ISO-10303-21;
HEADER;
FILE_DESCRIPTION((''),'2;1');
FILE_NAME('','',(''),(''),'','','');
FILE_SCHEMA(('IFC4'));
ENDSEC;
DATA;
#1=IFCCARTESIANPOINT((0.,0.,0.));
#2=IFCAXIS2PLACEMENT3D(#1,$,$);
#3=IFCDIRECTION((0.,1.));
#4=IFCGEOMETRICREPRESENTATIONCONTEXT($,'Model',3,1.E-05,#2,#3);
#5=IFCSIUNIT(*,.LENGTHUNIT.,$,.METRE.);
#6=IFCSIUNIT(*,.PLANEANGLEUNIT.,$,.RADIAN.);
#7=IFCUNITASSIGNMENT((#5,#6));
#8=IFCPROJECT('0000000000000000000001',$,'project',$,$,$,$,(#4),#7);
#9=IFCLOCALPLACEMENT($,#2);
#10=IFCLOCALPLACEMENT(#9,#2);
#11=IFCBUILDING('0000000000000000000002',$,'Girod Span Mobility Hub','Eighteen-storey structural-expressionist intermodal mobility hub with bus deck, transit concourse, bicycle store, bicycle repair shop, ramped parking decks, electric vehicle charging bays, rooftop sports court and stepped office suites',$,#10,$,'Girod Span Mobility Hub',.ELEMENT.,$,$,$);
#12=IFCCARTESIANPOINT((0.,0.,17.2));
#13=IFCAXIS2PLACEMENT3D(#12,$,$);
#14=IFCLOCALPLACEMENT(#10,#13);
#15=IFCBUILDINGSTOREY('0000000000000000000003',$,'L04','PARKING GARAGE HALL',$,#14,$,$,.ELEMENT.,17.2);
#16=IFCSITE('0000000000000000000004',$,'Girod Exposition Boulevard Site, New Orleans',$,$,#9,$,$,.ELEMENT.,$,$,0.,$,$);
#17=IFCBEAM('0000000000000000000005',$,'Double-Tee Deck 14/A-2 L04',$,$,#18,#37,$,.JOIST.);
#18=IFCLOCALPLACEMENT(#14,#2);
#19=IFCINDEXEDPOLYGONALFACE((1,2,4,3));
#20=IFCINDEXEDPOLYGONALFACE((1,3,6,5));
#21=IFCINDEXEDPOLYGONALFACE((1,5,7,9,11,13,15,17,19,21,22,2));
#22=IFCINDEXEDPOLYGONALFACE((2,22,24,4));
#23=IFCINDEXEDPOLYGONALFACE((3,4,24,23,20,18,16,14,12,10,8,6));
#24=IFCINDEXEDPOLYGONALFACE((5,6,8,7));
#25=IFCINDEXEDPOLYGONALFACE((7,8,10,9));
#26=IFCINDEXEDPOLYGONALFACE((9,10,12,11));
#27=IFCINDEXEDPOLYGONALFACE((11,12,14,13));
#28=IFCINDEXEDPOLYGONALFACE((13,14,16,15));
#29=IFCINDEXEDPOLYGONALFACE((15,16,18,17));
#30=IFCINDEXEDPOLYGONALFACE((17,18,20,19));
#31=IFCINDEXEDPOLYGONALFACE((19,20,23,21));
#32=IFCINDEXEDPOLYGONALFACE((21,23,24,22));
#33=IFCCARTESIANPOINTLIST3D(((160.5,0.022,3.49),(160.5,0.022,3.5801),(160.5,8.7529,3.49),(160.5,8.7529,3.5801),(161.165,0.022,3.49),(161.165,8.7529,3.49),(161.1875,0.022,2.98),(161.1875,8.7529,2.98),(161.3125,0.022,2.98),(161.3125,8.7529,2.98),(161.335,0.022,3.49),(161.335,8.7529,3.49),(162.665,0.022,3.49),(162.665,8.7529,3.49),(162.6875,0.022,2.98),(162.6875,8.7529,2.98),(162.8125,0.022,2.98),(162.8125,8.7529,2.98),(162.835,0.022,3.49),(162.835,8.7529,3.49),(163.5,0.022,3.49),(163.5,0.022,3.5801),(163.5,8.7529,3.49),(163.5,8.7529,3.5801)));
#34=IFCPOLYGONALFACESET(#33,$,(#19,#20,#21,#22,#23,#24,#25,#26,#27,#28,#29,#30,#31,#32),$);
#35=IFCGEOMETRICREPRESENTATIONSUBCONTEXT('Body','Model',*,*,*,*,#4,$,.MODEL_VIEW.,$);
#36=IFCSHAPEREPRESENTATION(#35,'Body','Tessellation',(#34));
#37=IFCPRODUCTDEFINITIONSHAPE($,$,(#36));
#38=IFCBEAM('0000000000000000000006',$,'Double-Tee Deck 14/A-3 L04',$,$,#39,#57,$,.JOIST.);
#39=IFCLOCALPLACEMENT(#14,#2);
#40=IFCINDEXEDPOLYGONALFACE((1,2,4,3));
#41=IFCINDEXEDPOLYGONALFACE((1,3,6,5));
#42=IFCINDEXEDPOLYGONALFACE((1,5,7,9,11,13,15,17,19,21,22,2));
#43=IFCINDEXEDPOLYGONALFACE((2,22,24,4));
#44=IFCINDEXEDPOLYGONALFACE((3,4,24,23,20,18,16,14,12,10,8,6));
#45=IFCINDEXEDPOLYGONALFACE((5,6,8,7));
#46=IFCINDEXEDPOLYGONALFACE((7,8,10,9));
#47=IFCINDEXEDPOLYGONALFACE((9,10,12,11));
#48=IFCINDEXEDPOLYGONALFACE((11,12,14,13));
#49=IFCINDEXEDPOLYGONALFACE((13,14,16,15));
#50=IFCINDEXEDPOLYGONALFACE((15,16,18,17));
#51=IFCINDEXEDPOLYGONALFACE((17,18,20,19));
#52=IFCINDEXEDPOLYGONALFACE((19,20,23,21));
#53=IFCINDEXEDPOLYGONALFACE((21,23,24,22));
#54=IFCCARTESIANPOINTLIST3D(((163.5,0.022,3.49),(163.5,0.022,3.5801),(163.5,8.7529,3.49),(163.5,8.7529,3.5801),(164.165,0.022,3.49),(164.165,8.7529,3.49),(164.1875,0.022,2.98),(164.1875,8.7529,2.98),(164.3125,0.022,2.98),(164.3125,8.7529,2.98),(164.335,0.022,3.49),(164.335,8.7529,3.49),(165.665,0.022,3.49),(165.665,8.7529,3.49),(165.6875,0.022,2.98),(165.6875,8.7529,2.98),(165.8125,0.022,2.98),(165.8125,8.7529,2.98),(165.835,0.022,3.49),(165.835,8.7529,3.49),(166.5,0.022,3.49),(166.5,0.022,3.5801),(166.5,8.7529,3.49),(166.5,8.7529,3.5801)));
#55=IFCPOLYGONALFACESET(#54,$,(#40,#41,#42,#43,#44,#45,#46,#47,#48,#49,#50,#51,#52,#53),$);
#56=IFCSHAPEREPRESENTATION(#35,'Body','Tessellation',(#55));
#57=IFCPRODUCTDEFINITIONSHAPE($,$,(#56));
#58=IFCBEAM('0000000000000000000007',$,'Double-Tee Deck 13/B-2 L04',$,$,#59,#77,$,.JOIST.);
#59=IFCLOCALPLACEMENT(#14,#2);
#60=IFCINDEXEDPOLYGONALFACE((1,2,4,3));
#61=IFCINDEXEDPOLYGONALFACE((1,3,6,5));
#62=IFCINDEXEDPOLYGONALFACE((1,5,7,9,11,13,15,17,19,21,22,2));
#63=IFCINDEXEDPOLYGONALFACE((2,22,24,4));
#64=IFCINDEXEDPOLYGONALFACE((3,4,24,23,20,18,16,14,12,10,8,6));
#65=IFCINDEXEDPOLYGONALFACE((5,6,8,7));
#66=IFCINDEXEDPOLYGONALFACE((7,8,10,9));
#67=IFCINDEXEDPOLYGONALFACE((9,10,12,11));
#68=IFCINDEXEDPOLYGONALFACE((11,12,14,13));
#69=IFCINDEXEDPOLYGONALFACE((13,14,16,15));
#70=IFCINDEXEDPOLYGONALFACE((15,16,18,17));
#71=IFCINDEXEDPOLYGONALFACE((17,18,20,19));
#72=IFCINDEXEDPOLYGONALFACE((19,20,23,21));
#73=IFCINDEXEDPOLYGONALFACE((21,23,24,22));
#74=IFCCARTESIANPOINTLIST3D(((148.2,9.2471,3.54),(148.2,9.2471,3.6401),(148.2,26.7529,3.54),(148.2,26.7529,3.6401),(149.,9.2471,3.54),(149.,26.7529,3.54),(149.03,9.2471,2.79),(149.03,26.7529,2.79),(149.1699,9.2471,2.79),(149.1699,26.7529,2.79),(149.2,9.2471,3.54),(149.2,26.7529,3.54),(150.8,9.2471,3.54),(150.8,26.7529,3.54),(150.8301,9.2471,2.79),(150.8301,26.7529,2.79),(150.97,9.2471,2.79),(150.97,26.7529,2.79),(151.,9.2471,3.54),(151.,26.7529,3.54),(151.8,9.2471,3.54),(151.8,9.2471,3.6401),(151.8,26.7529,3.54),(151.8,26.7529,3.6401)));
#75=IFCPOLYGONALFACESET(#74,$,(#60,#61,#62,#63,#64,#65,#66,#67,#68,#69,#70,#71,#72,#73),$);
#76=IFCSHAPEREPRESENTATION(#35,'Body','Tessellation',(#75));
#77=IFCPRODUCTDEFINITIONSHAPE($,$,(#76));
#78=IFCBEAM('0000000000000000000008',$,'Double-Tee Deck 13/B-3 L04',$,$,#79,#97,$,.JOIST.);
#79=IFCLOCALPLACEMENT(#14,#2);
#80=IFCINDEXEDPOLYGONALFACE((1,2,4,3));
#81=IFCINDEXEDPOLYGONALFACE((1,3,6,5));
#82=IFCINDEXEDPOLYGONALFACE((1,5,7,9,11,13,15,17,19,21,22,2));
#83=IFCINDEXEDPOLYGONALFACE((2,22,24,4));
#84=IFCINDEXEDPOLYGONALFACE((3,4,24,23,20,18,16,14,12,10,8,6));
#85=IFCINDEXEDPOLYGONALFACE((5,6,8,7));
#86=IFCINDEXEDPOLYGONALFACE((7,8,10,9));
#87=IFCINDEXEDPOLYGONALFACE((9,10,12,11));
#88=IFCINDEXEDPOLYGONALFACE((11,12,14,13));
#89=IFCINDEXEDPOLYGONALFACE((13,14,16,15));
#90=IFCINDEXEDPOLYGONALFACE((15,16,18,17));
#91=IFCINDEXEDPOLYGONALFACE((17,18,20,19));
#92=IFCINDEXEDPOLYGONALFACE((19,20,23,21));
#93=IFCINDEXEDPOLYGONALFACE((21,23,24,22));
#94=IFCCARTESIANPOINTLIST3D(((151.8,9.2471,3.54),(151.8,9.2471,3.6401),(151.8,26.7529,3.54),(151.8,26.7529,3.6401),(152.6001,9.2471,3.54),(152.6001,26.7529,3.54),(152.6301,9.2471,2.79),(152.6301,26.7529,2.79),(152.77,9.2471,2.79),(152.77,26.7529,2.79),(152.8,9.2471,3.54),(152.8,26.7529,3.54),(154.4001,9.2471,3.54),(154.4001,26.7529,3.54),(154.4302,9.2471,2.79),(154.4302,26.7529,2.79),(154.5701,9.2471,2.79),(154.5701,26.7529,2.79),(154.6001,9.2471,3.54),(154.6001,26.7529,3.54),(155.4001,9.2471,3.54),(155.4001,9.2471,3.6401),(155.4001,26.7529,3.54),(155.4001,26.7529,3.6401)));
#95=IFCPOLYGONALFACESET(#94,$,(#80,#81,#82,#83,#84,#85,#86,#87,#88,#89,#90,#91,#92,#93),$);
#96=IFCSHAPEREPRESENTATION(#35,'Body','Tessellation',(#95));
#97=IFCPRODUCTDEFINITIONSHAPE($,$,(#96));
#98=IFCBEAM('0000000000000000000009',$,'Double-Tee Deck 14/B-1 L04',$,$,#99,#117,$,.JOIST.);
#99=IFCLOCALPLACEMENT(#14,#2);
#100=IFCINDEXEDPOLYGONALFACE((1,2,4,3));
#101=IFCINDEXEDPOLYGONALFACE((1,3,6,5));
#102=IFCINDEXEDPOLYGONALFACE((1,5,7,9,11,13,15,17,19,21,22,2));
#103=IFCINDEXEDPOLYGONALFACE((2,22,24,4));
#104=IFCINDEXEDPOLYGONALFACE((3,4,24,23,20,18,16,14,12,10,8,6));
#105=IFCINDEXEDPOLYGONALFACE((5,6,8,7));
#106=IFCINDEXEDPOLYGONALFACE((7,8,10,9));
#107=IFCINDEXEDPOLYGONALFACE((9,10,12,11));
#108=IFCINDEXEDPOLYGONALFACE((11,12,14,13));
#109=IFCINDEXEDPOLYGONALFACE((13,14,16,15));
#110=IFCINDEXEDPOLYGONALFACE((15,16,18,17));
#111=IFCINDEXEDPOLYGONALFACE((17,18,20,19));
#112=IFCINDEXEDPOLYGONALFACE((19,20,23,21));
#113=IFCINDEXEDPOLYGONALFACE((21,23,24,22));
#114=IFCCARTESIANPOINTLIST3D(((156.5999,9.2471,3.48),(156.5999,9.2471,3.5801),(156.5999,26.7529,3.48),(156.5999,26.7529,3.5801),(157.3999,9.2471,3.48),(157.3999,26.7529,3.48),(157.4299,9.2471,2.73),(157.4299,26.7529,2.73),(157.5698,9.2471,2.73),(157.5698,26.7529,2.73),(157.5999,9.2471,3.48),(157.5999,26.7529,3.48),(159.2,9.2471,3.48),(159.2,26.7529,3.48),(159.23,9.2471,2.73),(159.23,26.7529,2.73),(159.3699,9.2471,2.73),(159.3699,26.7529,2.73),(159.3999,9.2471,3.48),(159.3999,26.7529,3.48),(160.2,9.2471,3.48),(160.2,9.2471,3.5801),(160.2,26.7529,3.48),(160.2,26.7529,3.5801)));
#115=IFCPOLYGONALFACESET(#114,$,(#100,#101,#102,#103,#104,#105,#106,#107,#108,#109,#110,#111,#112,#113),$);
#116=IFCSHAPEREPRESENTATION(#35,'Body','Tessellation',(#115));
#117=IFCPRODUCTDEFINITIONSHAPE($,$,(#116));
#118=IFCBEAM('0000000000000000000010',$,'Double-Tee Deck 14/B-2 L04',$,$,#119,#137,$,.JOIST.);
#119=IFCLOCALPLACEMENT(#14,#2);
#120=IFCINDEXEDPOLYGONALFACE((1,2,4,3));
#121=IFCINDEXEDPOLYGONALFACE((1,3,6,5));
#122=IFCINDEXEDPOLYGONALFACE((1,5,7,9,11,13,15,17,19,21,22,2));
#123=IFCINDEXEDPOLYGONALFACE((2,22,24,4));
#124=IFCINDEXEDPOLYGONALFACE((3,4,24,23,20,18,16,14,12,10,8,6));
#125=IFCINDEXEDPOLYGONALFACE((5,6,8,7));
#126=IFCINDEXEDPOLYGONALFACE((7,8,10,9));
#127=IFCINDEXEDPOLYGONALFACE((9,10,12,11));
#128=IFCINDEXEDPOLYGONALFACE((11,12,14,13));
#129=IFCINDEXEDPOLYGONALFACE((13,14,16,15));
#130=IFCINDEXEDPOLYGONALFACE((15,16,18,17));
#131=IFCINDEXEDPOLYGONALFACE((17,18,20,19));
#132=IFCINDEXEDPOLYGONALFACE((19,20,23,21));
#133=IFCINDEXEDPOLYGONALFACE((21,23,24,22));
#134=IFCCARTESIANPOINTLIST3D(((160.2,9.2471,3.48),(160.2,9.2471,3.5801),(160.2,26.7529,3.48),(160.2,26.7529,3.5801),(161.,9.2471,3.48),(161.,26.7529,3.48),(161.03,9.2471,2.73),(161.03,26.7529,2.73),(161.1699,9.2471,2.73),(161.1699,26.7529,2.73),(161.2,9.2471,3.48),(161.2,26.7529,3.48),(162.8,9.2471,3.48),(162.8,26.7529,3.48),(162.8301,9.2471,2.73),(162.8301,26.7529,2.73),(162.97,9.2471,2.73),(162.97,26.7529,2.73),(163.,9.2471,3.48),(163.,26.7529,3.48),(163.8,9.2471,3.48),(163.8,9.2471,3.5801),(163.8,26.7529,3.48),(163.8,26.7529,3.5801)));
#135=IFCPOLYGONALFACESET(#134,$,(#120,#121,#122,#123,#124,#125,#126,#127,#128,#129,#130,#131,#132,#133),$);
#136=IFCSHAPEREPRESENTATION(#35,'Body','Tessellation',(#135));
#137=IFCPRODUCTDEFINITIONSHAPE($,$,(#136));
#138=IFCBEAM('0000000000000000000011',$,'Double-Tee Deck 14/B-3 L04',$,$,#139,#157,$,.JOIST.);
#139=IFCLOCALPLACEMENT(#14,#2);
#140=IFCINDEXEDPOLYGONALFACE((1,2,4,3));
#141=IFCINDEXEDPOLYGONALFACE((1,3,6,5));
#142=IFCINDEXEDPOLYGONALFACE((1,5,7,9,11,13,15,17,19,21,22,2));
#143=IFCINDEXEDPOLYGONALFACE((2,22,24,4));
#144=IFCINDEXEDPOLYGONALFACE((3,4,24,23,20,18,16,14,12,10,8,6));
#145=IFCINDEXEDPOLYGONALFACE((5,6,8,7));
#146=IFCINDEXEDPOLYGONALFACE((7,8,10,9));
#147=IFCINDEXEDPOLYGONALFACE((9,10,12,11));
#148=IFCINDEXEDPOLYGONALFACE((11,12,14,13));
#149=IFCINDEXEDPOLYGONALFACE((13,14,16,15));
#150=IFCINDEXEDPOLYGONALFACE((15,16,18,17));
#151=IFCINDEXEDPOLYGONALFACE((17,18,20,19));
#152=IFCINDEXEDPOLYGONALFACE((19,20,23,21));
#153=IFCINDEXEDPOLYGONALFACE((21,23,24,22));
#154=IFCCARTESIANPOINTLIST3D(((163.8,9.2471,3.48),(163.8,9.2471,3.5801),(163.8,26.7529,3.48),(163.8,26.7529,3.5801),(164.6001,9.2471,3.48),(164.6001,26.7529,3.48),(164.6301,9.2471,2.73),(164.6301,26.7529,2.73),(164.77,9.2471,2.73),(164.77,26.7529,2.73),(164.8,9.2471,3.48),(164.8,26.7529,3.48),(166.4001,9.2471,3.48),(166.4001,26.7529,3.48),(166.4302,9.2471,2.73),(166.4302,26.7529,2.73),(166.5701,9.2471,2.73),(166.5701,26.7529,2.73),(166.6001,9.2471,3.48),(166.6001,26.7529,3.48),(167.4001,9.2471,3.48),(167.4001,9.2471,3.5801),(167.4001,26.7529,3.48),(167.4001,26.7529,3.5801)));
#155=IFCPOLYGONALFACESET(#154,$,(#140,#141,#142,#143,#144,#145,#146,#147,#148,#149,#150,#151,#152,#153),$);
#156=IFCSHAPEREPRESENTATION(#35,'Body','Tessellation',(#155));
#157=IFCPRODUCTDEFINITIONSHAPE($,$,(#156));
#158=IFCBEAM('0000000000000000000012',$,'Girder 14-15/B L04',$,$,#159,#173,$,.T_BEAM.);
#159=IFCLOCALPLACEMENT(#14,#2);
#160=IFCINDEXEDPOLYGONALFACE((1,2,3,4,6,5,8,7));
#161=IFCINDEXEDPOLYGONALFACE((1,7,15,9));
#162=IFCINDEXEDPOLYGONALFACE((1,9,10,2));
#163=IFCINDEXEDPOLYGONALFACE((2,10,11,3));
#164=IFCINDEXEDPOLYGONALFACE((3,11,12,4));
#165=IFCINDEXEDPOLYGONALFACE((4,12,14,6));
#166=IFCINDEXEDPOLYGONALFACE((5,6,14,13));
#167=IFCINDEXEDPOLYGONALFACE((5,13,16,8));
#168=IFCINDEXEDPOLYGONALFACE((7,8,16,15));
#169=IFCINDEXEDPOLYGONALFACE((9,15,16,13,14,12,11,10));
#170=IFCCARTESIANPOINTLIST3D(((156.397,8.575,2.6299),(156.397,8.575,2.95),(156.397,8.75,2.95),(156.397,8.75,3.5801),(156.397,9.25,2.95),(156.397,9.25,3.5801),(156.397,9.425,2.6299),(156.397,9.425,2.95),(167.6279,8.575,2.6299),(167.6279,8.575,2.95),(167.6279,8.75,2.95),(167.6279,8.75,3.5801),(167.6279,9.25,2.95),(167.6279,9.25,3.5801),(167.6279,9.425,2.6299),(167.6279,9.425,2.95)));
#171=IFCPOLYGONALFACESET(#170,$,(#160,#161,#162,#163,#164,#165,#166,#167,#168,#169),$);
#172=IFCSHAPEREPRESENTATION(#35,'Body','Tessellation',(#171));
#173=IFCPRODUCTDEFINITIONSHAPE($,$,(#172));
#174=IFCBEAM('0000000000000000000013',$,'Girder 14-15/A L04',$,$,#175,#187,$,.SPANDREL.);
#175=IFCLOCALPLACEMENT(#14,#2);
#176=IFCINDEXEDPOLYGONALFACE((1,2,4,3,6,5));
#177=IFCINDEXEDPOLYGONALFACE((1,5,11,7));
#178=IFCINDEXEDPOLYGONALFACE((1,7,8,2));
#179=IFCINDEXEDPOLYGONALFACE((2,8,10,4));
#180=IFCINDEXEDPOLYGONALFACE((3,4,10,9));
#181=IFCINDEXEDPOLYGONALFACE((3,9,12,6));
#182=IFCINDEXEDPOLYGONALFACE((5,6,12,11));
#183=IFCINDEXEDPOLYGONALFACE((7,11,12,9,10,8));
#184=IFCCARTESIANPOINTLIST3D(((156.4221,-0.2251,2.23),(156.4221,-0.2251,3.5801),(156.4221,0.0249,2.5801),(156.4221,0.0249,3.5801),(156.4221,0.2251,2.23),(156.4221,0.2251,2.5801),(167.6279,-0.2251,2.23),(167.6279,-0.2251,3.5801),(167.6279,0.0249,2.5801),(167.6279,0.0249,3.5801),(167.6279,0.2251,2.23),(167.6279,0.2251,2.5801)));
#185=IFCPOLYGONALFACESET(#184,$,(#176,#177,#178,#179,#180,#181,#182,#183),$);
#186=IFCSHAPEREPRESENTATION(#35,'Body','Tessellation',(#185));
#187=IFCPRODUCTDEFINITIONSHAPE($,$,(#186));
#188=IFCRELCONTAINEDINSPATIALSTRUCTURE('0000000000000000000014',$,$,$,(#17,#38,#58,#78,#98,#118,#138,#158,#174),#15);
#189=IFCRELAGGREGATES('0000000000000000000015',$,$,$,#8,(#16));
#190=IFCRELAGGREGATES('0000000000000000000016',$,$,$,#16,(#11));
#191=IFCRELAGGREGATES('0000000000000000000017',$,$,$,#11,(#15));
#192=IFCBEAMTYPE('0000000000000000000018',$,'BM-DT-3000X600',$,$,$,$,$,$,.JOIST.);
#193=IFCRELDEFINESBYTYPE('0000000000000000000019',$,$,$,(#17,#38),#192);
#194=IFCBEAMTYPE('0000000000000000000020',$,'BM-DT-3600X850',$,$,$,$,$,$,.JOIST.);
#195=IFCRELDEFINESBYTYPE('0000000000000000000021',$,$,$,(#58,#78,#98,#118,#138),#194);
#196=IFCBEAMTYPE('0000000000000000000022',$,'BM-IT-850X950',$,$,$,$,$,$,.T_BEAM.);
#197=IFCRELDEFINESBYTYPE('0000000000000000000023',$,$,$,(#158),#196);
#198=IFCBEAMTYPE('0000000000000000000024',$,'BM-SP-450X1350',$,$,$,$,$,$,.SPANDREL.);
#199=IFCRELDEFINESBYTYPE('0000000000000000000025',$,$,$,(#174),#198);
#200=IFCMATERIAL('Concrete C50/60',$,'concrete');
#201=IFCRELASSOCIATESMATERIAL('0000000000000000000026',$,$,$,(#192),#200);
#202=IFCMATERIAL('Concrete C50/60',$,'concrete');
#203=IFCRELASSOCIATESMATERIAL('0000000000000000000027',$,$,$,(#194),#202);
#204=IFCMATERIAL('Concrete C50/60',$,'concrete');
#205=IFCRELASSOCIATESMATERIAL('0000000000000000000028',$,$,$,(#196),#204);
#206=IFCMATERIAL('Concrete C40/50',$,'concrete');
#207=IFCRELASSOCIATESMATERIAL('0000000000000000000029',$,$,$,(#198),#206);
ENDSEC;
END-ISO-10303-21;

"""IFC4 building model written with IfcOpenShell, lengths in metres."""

from ifc_helpers import new_model, si_unit, direction, frame, origin, place, context, subcontext, project, spatial, polyline, outline, extrude, material, material_profile, profile_set, type_object, element, save


model = new_model("IFC4")

# Units and contexts
model_context = context("Model", 3, precision=1e-05, world=origin(), true_north=direction((0.0, 1.0)))
body_context = subcontext(model_context, "Body", "Model", "MODEL_VIEW")
ifc_project = project(units=[si_unit("LENGTHUNIT", "METRE"), si_unit("PLANEANGLEUNIT", "RADIAN")], contexts=[model_context])

# Site, building, storey
site_placement = place(None, origin())
site = spatial("IfcSite", under=ifc_project, at=site_placement, Name="Girod Exposition Boulevard Site, New Orleans", CompositionType="ELEMENT", RefElevation=0.0)
building_placement = place(site_placement, origin())
building = spatial("IfcBuilding", under=site, at=building_placement, Name="Girod Span Mobility Hub", Description="Eighteen-storey structural-expressionist intermodal mobility hub with bus deck, transit concourse, bicycle store, bicycle repair shop, ramped parking decks, electric vehicle charging bays, rooftop sports court and stepped office suites", LongName="Girod Span Mobility Hub", CompositionType="ELEMENT")
storey_placement = place(building_placement, frame((0.0, 0.0, 17.2)))
storey = spatial("IfcBuildingStorey", under=building, at=storey_placement, Name="L04", Description="PARKING GARAGE HALL", CompositionType="ELEMENT", Elevation=17.2)

# Beams
ifc_material_1 = material(Name="Concrete C50/60", Category="concrete")
ifc_material_profile_1 = material_profile(ifc_material_1, outline(polyline([(-1.5, 0.3), (-1.5, 0.21), (-0.835, 0.21), (-0.8125, -0.3), (-0.6875, -0.3), (-0.665, 0.21), (0.665, 0.21), (0.6875, -0.3), (0.8125, -0.3), (0.835, 0.21), (1.5, 0.21), (1.5, 0.3), (-1.5, 0.3)])), Name="DT-3000X600")
ifc_profile_set_1 = profile_set([ifc_material_profile_1], Name="Concrete C50/60")
beam_type_1 = type_object("IfcBeamType", Name="BM-DT-3000X600", PredefinedType="JOIST", material=ifc_profile_set_1)
for number, where, z_axis, x_axis, name in (
    (1, (162.0, 0.022, 3.28), (0.0, 1.0, 0.0), (-1.0, 0.0, 0.0), "Double-Tee Deck 14/A-2 L04"),
    (2, (165.0, 0.022, 3.28), (0.0, 1.0, 0.0), (-1.0, 0.0, 0.0), "Double-Tee Deck 14/A-3 L04"),
):
    element("IfcBeam", number, at=place(storey_placement, frame(where, z_axis=z_axis, x_axis=x_axis)), inside=storey, type_object=beam_type_1, Name=name, PredefinedType="JOIST", context=body_context, shape_type="SweptSolid", body=[
        extrude(outline(polyline([(-1.5, 0.3), (-1.5, 0.21), (-0.835, 0.21), (-0.8125, -0.3), (-0.6875, -0.3), (-0.665, 0.21), (0.665, 0.21), (0.6875, -0.3), (0.8125, -0.3), (0.835, 0.21), (1.5, 0.21), (1.5, 0.3), (-1.5, 0.3)])), origin(), (0.0, 0.0, 1.0), 8.731),
    ])
ifc_material_2 = material(Name="Concrete C50/60", Category="concrete")
ifc_material_profile_2 = material_profile(ifc_material_2, outline(polyline([(-1.8, 0.425), (-1.8, 0.325), (-1.0, 0.325), (-0.97, -0.425), (-0.8301, -0.425), (-0.8, 0.325), (0.8, 0.325), (0.8301, -0.425), (0.97, -0.425), (1.0, 0.325), (1.8, 0.325), (1.8, 0.425), (-1.8, 0.425)])), Name="DT-3600X850")
ifc_profile_set_2 = profile_set([ifc_material_profile_2], Name="Concrete C50/60")
beam_type_2 = type_object("IfcBeamType", Name="BM-DT-3600X850", PredefinedType="JOIST", material=ifc_profile_set_2)
for number, where, z_axis, x_axis, name in (
    (3, (150.0, 9.2471, 3.2151), (0.0, 1.0, 0.0), (-1.0, 0.0, 0.0), "Double-Tee Deck 13/B-2 L04"),
    (4, (153.6001, 9.2471, 3.2151), (0.0, 1.0, 0.0), (-1.0, 0.0, 0.0), "Double-Tee Deck 13/B-3 L04"),
    (5, (158.3999, 9.2471, 3.155), (0.0, 1.0, 0.0), (-1.0, 0.0, 0.0), "Double-Tee Deck 14/B-1 L04"),
    (6, (162.0, 9.2471, 3.155), (0.0, 1.0, 0.0), (-1.0, 0.0, 0.0), "Double-Tee Deck 14/B-2 L04"),
    (7, (165.6001, 9.2471, 3.155), (0.0, 1.0, 0.0), (-1.0, 0.0, 0.0), "Double-Tee Deck 14/B-3 L04"),
):
    element("IfcBeam", number, at=place(storey_placement, frame(where, z_axis=z_axis, x_axis=x_axis)), inside=storey, type_object=beam_type_2, Name=name, PredefinedType="JOIST", context=body_context, shape_type="SweptSolid", body=[
        extrude(outline(polyline([(-1.8, 0.425), (-1.8, 0.325), (-1.0, 0.325), (-0.97, -0.425), (-0.8301, -0.425), (-0.8, 0.325), (0.8, 0.325), (0.8301, -0.425), (0.97, -0.425), (1.0, 0.325), (1.8, 0.325), (1.8, 0.425), (-1.8, 0.425)])), origin(), (0.0, 0.0, 1.0), 17.5059),
    ])
ifc_material_3 = material(Name="Concrete C50/60", Category="concrete")
ifc_material_profile_3 = material_profile(ifc_material_3, outline(polyline([(-0.425, -0.4751), (0.425, -0.4751), (0.425, -0.155), (0.25, -0.155), (0.25, 0.4751), (-0.25, 0.4751), (-0.25, -0.155), (-0.425, -0.155), (-0.425, -0.4751)])), Name="IT-850X950")
ifc_profile_set_3 = profile_set([ifc_material_profile_3], Name="Concrete C50/60")
beam_type_3 = type_object("IfcBeamType", Name="BM-IT-850X950", PredefinedType="T_BEAM", material=ifc_profile_set_3)
beam_1_placement = place(storey_placement, frame((156.397, 9.0, 3.105), z_axis=(1.0, 0.0, 0.0), x_axis=(0.0, 1.0, 0.0)))
element("IfcBeam", 8, at=beam_1_placement, inside=storey, type_object=beam_type_3, Name="Girder 14-15/B L04", PredefinedType="T_BEAM", context=body_context, shape_type="SweptSolid", body=[
    extrude(outline(polyline([(-0.425, -0.4751), (0.425, -0.4751), (0.425, -0.155), (0.25, -0.155), (0.25, 0.4751), (-0.25, 0.4751), (-0.25, -0.155), (-0.425, -0.155), (-0.425, -0.4751)])), origin(), (0.0, 0.0, 1.0), 11.231),
])
ifc_material_4 = material(Name="Concrete C40/50", Category="concrete")
ifc_material_profile_4 = material_profile(ifc_material_4, outline(polyline([(-0.2251, -0.675), (0.2251, -0.675), (0.2251, -0.325), (0.0249, -0.325), (0.0249, 0.675), (-0.2251, 0.675), (-0.2251, -0.675)])), Name="SP-450X1350")
ifc_profile_set_4 = profile_set([ifc_material_profile_4], Name="Concrete C40/50")
beam_type_4 = type_object("IfcBeamType", Name="BM-SP-450X1350", PredefinedType="SPANDREL", material=ifc_profile_set_4)
beam_2_placement = place(storey_placement, frame((156.4221, 0.0, 2.905), z_axis=(1.0, 0.0, 0.0), x_axis=(0.0, 1.0, 0.0)))
element("IfcBeam", 9, at=beam_2_placement, inside=storey, type_object=beam_type_4, Name="Girder 14-15/A L04", PredefinedType="SPANDREL", context=body_context, shape_type="SweptSolid", body=[
    extrude(outline(polyline([(-0.2251, -0.675), (0.2251, -0.675), (0.2251, -0.325), (0.0249, -0.325), (0.0249, 0.675), (-0.2251, 0.675), (-0.2251, -0.675)])), origin(), (0.0, 0.0, 1.0), 11.2058),
])

save(model, "model.ifc")
